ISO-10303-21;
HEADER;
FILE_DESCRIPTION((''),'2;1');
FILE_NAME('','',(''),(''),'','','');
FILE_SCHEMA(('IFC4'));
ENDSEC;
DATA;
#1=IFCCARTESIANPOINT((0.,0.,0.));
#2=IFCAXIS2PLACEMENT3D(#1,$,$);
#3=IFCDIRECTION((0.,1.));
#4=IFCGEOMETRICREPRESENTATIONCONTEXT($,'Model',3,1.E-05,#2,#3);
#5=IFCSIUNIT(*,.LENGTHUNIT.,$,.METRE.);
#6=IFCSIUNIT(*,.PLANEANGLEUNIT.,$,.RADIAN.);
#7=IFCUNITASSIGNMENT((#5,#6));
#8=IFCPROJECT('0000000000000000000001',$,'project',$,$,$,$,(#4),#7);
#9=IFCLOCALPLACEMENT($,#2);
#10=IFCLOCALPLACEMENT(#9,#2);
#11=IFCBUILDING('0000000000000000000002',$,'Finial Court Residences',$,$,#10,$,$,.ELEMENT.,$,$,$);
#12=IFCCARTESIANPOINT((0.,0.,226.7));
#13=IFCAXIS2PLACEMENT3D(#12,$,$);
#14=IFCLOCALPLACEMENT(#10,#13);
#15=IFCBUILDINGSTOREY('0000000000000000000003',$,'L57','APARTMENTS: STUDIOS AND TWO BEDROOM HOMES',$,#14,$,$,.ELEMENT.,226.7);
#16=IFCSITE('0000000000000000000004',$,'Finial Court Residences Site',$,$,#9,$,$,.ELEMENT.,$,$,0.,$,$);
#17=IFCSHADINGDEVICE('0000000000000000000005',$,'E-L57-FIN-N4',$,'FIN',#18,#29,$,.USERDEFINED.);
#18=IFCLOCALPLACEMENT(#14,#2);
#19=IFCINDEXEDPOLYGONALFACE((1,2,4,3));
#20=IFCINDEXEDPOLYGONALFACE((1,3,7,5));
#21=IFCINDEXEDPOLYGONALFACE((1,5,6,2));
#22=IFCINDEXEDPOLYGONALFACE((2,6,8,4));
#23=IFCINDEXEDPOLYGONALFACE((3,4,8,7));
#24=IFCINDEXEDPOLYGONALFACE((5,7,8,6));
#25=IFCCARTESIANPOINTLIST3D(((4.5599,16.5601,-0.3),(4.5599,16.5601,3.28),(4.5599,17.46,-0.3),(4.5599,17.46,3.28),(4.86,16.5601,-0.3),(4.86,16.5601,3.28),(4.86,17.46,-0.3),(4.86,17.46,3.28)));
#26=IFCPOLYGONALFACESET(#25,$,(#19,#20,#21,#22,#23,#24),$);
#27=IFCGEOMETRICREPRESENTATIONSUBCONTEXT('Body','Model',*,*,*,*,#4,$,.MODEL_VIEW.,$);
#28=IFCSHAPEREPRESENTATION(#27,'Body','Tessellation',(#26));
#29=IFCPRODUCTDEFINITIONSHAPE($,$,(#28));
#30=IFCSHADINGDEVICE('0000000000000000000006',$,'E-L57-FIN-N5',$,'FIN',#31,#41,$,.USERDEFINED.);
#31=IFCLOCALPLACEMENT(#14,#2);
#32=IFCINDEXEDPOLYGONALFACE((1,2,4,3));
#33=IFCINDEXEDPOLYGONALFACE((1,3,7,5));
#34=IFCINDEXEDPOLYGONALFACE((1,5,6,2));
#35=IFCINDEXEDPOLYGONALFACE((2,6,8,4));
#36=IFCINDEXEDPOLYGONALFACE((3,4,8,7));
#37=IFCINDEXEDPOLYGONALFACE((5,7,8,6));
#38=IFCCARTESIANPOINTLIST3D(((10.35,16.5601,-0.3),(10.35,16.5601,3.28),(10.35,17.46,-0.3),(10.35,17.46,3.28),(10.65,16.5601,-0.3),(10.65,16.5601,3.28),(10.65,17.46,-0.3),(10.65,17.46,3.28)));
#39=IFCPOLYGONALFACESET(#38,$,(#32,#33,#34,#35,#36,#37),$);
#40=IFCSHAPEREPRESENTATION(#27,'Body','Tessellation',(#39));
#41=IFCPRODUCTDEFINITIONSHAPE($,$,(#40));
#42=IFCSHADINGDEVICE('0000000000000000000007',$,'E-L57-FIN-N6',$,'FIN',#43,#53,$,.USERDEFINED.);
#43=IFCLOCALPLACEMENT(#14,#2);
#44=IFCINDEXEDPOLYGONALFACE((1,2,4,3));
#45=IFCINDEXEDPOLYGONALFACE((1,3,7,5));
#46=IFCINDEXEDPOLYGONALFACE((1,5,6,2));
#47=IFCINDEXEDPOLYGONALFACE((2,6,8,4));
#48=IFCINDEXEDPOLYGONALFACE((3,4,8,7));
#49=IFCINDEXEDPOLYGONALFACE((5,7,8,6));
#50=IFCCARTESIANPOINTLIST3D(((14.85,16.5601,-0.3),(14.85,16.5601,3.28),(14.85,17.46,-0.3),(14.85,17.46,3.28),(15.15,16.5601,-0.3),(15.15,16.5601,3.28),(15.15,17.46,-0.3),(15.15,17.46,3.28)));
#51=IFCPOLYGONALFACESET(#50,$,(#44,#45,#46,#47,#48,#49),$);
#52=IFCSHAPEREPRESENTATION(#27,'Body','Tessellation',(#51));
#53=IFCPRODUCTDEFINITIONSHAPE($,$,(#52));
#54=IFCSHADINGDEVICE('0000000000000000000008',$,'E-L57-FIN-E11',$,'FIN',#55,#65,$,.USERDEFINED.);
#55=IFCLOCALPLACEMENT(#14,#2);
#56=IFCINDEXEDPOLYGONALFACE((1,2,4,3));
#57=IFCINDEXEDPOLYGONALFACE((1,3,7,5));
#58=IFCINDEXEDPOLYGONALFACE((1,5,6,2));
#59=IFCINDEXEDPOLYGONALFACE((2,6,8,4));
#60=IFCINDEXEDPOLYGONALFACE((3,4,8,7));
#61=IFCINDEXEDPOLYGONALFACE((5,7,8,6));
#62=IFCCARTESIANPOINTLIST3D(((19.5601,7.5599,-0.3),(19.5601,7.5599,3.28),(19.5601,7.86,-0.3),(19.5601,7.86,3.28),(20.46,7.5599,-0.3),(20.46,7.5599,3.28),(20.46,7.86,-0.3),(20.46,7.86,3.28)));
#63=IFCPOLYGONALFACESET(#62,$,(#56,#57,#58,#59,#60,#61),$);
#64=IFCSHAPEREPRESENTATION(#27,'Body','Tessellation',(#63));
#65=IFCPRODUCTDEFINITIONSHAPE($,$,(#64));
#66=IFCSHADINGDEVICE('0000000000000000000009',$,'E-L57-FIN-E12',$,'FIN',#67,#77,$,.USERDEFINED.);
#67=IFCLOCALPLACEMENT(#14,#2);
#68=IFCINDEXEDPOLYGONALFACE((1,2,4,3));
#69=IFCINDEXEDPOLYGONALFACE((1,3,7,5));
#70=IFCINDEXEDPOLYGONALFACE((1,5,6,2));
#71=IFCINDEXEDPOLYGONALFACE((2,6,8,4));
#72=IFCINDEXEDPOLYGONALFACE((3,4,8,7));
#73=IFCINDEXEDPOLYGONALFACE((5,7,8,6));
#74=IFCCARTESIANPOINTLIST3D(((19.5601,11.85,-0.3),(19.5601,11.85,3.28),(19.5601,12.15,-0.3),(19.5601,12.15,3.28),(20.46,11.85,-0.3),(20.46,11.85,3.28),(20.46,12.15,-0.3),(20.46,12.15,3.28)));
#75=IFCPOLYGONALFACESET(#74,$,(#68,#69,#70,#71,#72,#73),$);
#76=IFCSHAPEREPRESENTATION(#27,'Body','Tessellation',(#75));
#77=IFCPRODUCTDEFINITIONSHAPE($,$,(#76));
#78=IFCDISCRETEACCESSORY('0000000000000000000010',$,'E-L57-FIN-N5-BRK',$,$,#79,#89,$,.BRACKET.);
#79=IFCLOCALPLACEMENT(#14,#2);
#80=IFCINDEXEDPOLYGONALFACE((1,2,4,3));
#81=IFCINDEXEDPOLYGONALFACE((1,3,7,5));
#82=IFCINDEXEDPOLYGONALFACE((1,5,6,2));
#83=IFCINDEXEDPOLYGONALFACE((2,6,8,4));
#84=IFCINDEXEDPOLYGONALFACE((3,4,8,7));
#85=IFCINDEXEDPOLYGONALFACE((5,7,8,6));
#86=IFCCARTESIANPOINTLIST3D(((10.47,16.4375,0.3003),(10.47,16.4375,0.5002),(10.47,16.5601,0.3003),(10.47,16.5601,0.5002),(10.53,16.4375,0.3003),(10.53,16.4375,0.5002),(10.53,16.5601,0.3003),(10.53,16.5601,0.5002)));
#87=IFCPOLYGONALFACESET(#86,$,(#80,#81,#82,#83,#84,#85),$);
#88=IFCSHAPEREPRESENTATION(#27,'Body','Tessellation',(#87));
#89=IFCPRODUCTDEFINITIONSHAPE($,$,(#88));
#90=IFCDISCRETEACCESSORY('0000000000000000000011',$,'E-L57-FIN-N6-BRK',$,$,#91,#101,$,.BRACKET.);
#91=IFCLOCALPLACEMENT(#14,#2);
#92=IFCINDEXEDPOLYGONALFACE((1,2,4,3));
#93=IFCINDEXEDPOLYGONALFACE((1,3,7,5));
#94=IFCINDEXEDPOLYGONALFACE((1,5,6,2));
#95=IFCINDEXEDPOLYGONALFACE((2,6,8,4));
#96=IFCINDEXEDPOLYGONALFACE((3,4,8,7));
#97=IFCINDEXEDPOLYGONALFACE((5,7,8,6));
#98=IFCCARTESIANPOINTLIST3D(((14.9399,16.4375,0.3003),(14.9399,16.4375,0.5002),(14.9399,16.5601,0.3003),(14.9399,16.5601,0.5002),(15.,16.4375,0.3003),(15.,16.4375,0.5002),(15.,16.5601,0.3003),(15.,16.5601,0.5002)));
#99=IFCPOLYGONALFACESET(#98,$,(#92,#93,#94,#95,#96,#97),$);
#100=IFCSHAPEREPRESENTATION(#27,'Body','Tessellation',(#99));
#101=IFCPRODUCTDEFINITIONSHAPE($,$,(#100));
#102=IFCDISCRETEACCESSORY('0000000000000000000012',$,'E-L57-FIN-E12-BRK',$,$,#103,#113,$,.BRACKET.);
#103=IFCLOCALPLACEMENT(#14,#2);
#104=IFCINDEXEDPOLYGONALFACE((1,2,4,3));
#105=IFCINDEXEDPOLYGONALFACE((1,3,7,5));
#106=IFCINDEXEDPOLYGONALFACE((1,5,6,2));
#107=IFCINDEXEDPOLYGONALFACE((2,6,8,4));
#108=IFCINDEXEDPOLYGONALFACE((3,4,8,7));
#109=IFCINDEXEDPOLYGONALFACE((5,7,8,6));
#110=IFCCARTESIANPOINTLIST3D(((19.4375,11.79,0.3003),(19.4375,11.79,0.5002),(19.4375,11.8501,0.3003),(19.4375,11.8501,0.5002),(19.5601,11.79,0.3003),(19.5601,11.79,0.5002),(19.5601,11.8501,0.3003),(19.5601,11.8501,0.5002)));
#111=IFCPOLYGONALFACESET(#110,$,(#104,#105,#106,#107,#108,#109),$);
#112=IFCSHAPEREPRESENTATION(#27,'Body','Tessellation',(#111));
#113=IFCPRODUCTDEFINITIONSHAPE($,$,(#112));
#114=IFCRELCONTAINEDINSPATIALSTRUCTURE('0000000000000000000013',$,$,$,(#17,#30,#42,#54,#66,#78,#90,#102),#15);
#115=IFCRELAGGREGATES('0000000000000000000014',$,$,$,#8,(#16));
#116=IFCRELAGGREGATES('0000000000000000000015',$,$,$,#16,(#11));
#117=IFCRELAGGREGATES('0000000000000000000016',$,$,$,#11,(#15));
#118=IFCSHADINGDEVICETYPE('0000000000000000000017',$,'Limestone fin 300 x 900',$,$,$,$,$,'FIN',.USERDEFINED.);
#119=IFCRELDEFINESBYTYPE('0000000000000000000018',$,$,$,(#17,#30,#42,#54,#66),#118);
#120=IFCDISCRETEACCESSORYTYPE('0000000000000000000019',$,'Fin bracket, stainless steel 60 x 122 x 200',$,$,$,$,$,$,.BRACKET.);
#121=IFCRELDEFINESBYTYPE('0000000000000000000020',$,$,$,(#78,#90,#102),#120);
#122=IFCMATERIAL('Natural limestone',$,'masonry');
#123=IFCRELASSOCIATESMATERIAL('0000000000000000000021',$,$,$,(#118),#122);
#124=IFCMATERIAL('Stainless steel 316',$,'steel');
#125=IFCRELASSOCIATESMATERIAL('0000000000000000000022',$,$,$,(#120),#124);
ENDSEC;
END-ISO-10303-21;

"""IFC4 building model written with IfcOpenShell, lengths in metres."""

from ifc_helpers import new_model, si_unit, direction, frame, origin, origin_2d, place, context, subcontext, project, spatial, rectangle, extrude, material, type_object, element, save


model = new_model("IFC4")

# Units and contexts
model_context = context("Model", 3, precision=1e-05, world=origin(), true_north=direction((0.0, 1.0)))
body_context = subcontext(model_context, "Body", "Model", "MODEL_VIEW")
ifc_project = project(units=[si_unit("LENGTHUNIT", "METRE"), si_unit("PLANEANGLEUNIT", "RADIAN")], contexts=[model_context])

# Site, building, storey
site_placement = place(None, origin())
site = spatial("IfcSite", under=ifc_project, at=site_placement, Name="Finial Court Residences Site", CompositionType="ELEMENT", RefElevation=0.0)
building_placement = place(site_placement, origin())
building = spatial("IfcBuilding", under=site, at=building_placement, Name="Finial Court Residences", CompositionType="ELEMENT")
storey_placement = place(building_placement, frame((0.0, 0.0, 226.7)))
storey = spatial("IfcBuildingStorey", under=building, at=storey_placement, Name="L57", Description="APARTMENTS: STUDIOS AND TWO BEDROOM HOMES", CompositionType="ELEMENT", Elevation=226.7)

# Shared definitions
ifc_material_1 = material(Name="Natural limestone", Category="masonry")

# Shading devices
shading_device_type = type_object("IfcShadingDeviceType", Name="Limestone fin 300 x 900", ElementType="FIN", PredefinedType="USERDEFINED", material=ifc_material_1)
for number, where, z_axis, x_axis, name in (
    (1, (4.71, 17.01, -0.3), (0.0, 0.0, 1.0), (1.0, 0.0, 0.0), "E-L57-FIN-N4"),
    (2, (10.5, 17.01, -0.3), (0.0, 0.0, 1.0), (1.0, 0.0, 0.0), "E-L57-FIN-N5"),
    (3, (15.0, 17.01, -0.3), (0.0, 0.0, 1.0), (1.0, 0.0, 0.0), "E-L57-FIN-N6"),
):
    element("IfcShadingDevice", number, at=place(storey_placement, frame(where, z_axis=z_axis, x_axis=x_axis)), inside=storey, type_object=shading_device_type, Name=name, ObjectType="FIN", PredefinedType="USERDEFINED", context=body_context, shape_type="SweptSolid", body=[
        extrude(rectangle(XDim=0.3, YDim=0.8999, at=origin_2d()), origin(), (0.0, 0.0, 1.0), 3.5801),
    ])
for number, where, z_axis, x_axis, name in (
    (4, (20.01, 7.71, -0.3), (0.0, 0.0, 1.0), (1.0, 0.0, 0.0), "E-L57-FIN-E11"),
    (5, (20.01, 12.0, -0.3), (0.0, 0.0, 1.0), (1.0, 0.0, 0.0), "E-L57-FIN-E12"),
):
    element("IfcShadingDevice", number, at=place(storey_placement, frame(where, z_axis=z_axis, x_axis=x_axis)), inside=storey, type_object=shading_device_type, Name=name, ObjectType="FIN", PredefinedType="USERDEFINED", context=body_context, shape_type="SweptSolid", body=[
        extrude(rectangle(XDim=0.8999, YDim=0.3, at=origin_2d()), origin(), (0.0, 0.0, 1.0), 3.5801),
    ])

# Discrete accessories
ifc_material_2 = material(Name="Stainless steel 316", Category="steel")
discrete_accessory_type = type_object("IfcDiscreteAccessoryType", Name="Fin bracket, stainless steel 60 x 122 x 200", PredefinedType="BRACKET", material=ifc_material_2)
for number, where, z_axis, x_axis, name in (
    (6, (10.5, 16.4988, 0.3003), (0.0, 0.0, 1.0), (1.0, 0.0, 0.0), "E-L57-FIN-N5-BRK"),
    (7, (14.97, 16.4988, 0.3003), (0.0, 0.0, 1.0), (1.0, 0.0, 0.0), "E-L57-FIN-N6-BRK"),
):
    element("IfcDiscreteAccessory", number, at=place(storey_placement, frame(where, z_axis=z_axis, x_axis=x_axis)), inside=storey, type_object=discrete_accessory_type, Name=name, PredefinedType="BRACKET", context=body_context, shape_type="SweptSolid", body=[
        extrude(rectangle(XDim=0.0601, YDim=0.1226, at=origin_2d()), origin(), (0.0, 0.0, 1.0), 0.2),
    ])
discrete_accessory_placement = place(storey_placement, frame((19.4988, 11.8201, 0.3003), z_axis=(0.0, 0.0, 1.0), x_axis=(1.0, 0.0, 0.0)))
element("IfcDiscreteAccessory", 8, at=discrete_accessory_placement, inside=storey, type_object=discrete_accessory_type, Name="E-L57-FIN-E12-BRK", PredefinedType="BRACKET", context=body_context, shape_type="SweptSolid", body=[
    extrude(rectangle(XDim=0.1226, YDim=0.0601, at=origin_2d()), origin(), (0.0, 0.0, 1.0), 0.2),
])

save(model, "model.ifc")
